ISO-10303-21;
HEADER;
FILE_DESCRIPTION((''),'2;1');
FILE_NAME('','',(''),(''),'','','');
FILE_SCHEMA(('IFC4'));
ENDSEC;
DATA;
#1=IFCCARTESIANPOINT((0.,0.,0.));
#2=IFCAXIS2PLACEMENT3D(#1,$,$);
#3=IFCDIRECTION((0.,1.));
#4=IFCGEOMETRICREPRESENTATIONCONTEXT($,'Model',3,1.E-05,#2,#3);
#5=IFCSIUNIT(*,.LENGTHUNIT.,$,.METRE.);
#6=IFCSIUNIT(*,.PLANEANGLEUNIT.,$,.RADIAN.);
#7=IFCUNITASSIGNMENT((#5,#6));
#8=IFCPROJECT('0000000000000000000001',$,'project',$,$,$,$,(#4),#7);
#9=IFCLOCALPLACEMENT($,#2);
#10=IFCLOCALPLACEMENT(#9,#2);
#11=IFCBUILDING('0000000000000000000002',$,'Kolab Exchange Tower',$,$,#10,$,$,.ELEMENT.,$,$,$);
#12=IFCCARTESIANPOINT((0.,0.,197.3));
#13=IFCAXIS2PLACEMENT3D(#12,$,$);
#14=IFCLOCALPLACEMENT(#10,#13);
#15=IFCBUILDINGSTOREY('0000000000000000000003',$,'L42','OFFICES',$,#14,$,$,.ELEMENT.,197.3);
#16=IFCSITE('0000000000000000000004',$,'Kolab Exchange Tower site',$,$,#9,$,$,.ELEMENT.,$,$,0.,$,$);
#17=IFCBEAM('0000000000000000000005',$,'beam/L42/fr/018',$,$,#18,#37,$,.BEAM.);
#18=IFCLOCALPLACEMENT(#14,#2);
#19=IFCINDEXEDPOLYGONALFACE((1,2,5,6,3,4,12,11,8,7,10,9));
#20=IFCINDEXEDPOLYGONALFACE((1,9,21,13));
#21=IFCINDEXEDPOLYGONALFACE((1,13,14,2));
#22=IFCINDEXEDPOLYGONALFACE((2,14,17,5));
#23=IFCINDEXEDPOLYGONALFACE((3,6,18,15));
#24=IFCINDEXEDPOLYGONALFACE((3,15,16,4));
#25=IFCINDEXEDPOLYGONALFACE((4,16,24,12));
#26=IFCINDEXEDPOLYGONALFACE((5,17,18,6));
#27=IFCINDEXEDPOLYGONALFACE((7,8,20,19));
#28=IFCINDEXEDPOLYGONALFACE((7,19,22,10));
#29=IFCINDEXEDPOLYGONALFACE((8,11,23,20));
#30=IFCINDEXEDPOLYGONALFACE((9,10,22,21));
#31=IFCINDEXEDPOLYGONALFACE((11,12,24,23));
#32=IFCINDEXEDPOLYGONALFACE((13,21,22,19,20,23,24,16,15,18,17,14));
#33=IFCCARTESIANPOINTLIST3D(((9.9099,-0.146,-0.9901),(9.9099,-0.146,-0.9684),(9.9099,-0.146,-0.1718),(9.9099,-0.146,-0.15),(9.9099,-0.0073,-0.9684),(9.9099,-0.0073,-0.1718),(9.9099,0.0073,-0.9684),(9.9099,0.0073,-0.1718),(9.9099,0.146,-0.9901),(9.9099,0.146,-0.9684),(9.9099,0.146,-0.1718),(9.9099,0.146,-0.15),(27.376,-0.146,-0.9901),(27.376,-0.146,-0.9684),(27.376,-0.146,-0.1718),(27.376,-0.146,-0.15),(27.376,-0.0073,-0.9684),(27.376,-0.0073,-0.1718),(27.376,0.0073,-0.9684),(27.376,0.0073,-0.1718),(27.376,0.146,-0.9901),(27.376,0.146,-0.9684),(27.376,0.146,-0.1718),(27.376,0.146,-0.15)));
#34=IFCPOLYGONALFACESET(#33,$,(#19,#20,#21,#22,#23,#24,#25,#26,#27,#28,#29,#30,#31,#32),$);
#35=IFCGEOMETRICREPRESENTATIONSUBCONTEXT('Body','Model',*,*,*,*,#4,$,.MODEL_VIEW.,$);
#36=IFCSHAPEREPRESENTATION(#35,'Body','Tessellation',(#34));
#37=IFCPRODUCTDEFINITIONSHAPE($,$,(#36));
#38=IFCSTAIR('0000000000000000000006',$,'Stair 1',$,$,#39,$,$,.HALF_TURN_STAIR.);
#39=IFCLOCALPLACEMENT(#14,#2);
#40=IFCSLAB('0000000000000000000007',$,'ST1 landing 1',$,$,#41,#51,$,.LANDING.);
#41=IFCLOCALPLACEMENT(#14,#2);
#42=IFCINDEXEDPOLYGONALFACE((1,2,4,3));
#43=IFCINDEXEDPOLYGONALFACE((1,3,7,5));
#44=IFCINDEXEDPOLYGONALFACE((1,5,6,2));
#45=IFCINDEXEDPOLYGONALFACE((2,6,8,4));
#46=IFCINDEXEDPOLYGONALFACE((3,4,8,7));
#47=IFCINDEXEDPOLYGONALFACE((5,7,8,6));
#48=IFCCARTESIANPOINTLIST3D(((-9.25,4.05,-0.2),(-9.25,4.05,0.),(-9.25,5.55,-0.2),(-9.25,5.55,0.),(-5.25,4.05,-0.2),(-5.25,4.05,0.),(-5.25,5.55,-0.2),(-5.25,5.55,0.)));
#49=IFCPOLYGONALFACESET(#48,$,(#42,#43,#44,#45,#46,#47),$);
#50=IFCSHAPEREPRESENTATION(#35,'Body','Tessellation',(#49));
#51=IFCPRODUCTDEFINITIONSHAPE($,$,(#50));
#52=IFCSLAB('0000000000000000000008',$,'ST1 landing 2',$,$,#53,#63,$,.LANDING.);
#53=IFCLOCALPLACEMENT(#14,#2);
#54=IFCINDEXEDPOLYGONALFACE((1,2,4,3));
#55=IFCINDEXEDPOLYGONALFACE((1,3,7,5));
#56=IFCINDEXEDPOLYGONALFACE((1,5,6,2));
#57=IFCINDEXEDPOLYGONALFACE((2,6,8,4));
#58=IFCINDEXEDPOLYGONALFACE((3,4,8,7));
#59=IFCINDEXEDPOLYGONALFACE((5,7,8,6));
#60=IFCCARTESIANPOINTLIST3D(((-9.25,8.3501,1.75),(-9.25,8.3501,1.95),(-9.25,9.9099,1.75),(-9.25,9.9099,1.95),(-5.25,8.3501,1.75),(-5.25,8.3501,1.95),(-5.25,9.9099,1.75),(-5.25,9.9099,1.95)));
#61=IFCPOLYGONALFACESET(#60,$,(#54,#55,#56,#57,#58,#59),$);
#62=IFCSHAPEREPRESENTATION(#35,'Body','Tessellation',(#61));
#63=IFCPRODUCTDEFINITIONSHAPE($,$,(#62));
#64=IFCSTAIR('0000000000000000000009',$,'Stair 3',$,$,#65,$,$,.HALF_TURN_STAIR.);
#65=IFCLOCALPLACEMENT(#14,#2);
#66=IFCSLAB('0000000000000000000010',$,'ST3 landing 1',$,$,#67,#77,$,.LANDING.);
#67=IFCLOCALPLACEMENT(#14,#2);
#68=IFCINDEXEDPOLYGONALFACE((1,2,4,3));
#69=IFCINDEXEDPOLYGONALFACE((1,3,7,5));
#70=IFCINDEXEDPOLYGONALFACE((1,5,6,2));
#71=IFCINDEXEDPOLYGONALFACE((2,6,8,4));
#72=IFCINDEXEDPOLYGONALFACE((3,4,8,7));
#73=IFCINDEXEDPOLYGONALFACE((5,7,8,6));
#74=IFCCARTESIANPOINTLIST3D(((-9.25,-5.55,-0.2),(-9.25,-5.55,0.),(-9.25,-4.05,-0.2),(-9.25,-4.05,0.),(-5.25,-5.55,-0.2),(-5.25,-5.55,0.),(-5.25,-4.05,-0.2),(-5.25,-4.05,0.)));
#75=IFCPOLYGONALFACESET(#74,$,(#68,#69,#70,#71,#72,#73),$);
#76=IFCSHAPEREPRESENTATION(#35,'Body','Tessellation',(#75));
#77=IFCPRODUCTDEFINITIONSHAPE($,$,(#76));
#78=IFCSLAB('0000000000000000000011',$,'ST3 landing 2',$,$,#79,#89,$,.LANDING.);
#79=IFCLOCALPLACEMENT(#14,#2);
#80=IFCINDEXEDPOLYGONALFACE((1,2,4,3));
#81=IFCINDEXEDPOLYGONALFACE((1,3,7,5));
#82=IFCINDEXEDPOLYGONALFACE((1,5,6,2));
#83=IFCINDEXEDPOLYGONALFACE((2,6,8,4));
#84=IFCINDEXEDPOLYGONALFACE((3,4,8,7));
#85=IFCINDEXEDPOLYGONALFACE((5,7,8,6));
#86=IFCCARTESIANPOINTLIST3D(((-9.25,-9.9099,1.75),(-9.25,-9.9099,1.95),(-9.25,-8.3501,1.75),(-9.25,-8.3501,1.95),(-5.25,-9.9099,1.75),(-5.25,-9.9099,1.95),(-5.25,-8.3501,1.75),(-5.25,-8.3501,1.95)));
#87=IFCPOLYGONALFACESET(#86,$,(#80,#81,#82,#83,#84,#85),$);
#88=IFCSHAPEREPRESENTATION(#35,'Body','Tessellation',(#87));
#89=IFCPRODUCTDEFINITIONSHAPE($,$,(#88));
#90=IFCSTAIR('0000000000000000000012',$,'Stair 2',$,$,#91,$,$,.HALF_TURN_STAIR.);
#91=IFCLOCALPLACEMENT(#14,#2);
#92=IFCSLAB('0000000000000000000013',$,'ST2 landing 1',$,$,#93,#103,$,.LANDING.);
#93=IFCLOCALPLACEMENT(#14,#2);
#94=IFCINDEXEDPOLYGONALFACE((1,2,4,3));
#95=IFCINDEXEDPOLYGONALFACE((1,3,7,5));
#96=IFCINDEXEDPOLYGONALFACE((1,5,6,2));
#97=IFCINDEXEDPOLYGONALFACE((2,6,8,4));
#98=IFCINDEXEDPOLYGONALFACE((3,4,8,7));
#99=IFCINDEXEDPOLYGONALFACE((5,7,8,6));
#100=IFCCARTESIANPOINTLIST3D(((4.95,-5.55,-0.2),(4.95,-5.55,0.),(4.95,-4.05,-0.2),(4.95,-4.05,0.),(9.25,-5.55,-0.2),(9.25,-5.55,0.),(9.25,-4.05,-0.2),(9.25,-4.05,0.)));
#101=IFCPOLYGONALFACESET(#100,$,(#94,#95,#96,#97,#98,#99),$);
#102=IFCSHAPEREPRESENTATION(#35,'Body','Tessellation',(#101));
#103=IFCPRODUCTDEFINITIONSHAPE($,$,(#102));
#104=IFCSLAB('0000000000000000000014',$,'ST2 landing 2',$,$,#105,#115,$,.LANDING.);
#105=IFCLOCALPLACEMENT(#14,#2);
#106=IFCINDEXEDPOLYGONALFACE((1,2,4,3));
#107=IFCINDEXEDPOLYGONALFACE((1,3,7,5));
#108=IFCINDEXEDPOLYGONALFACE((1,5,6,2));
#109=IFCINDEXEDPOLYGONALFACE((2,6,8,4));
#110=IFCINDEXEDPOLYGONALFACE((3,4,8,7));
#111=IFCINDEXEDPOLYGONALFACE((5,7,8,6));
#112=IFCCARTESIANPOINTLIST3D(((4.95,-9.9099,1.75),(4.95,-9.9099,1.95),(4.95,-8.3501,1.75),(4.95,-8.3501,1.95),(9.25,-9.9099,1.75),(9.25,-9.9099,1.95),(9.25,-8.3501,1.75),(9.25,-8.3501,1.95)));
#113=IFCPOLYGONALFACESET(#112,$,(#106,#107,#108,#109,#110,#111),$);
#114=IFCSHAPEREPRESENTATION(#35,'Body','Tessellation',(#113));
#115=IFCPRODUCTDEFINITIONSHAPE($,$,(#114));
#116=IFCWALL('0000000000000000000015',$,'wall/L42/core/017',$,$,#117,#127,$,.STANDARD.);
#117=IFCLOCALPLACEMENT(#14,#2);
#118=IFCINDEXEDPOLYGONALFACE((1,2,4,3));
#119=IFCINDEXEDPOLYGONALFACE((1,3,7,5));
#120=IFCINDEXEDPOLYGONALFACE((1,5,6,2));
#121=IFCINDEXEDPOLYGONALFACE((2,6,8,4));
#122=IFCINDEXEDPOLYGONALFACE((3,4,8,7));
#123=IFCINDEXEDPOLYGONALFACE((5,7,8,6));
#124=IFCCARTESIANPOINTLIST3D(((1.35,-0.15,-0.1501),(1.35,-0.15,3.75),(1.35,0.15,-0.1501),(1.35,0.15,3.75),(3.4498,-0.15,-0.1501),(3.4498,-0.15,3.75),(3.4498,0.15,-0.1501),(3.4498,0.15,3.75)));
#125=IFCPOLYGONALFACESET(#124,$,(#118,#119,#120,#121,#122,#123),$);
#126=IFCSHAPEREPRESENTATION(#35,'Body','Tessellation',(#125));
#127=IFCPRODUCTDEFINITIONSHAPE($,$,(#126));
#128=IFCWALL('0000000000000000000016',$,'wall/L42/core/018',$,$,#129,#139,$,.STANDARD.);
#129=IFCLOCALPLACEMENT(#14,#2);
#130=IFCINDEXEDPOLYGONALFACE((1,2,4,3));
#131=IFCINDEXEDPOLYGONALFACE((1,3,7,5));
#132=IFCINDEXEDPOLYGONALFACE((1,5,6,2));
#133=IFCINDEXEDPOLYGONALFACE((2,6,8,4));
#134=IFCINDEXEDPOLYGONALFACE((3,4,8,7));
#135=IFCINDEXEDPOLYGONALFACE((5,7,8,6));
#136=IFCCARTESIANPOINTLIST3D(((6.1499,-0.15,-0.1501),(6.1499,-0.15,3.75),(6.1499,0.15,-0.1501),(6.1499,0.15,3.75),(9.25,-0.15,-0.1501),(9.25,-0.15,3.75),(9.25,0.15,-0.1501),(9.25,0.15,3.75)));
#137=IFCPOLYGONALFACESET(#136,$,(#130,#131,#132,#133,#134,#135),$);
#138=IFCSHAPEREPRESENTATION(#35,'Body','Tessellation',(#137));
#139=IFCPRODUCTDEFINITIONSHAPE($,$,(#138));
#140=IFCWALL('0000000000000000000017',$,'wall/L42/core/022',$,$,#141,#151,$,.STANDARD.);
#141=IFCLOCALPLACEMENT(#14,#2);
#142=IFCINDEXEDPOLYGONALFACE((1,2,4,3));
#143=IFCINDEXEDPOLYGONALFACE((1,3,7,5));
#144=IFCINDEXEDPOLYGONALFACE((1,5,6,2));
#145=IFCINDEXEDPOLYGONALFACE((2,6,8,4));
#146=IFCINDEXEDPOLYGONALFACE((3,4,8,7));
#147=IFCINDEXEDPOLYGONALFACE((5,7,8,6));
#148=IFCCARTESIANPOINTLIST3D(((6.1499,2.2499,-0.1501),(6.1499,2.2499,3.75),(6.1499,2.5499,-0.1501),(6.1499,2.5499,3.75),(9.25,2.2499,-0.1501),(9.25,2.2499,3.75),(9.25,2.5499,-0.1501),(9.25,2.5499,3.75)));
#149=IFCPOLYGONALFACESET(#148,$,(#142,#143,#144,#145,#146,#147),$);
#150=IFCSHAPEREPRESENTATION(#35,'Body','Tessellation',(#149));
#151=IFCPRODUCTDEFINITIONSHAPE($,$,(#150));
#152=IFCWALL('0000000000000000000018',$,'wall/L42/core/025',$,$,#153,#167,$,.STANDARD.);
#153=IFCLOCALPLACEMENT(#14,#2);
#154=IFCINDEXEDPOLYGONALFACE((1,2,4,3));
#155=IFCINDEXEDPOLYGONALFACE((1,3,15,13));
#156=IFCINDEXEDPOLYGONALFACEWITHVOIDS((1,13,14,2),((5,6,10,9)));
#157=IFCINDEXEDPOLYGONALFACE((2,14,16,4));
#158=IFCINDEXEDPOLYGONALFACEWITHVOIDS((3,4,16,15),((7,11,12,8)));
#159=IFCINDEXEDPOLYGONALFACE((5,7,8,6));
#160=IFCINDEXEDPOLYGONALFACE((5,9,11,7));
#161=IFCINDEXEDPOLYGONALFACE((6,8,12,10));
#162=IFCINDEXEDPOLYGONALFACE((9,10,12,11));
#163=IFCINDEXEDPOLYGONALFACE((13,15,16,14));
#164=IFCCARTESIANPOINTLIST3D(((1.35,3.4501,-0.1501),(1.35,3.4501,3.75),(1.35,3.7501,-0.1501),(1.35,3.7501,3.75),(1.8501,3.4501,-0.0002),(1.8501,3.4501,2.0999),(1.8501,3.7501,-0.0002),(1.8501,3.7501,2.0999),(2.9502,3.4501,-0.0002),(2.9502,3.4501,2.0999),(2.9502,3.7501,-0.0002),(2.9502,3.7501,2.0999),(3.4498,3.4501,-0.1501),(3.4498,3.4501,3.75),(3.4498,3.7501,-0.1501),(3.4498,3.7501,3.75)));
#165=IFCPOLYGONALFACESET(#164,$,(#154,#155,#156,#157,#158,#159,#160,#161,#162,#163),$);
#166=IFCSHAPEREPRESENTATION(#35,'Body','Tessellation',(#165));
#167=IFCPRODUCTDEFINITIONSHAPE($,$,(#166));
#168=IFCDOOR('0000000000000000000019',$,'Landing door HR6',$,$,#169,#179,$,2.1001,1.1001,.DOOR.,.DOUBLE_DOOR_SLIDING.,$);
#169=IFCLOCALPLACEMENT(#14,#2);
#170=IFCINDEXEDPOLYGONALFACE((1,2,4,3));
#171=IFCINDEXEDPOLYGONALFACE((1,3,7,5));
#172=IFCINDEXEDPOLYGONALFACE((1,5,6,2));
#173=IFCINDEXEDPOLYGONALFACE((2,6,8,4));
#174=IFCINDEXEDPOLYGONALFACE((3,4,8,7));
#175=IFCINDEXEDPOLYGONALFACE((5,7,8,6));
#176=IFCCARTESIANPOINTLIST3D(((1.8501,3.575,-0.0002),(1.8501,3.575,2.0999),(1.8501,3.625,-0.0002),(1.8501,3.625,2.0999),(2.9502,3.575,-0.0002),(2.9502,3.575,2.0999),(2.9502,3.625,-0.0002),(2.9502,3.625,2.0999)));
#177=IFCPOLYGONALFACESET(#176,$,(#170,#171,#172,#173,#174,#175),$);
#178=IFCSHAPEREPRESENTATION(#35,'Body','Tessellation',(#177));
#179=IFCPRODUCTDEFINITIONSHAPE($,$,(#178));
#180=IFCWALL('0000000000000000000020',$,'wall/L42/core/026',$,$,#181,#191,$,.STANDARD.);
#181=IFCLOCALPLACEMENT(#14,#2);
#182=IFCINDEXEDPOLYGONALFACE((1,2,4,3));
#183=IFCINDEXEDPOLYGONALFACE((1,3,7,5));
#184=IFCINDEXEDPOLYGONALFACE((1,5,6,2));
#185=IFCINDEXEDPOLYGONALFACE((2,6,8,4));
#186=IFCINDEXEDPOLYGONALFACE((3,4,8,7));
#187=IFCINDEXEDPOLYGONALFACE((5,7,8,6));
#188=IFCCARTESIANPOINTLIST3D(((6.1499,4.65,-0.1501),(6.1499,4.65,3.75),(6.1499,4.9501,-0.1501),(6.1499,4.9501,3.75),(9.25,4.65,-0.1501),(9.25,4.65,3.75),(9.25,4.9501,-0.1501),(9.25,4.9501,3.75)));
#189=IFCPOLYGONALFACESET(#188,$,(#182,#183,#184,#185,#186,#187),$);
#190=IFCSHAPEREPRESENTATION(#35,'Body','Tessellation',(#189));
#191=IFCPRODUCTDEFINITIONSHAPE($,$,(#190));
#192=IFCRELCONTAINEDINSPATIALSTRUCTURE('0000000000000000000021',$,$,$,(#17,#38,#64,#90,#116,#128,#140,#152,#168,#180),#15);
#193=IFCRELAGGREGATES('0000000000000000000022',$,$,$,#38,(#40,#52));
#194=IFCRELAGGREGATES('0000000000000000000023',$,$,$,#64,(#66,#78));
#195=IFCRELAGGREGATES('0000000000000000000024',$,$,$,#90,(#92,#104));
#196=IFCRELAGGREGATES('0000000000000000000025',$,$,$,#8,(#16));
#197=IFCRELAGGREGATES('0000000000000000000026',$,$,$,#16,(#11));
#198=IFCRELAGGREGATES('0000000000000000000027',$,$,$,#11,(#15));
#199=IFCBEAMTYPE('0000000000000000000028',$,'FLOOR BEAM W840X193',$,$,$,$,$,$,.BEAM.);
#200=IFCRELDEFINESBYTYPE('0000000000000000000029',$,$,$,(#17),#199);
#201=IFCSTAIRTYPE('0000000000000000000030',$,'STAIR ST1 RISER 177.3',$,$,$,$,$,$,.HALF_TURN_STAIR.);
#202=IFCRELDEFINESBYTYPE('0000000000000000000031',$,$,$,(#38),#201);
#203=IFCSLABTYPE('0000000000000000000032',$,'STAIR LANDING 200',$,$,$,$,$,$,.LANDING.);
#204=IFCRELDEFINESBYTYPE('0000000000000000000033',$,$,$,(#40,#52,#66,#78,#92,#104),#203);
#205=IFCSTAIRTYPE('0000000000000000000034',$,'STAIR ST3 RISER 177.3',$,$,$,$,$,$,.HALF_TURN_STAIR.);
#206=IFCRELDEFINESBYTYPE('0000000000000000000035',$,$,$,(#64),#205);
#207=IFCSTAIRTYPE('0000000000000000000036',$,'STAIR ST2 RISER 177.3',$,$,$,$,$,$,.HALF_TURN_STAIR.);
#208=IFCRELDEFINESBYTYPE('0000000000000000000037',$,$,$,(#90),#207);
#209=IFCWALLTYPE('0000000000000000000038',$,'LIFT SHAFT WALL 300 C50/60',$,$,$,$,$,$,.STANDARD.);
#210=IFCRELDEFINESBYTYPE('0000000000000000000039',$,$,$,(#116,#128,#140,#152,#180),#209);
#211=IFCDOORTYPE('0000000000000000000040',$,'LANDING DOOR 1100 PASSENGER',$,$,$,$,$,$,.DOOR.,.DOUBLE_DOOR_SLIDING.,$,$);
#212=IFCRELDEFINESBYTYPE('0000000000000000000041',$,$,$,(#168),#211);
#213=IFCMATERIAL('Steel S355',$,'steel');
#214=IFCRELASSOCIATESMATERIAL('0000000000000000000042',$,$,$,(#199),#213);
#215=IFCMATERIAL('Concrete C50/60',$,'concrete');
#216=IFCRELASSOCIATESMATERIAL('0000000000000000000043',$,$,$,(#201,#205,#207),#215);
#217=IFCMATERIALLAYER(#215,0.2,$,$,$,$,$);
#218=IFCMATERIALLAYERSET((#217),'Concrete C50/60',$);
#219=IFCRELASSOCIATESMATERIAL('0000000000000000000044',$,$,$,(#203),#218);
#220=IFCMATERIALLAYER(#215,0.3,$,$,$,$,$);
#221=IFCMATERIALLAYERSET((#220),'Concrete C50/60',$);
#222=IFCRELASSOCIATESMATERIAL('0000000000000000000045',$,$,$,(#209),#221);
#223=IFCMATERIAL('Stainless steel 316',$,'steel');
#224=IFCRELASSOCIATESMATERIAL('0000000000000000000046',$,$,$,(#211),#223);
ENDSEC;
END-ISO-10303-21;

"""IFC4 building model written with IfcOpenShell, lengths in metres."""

from ifc_helpers import new_model, si_unit, direction, frame, frame_2d, origin, origin_2d, place, context, subcontext, project, spatial, polyline, rectangle, i_section, outline, extrude, material, layer, layer_set, material_profile, profile_set, type_object, element, fill, aggregate, save


model = new_model("IFC4")

# Units and contexts
model_context = context("Model", 3, precision=1e-05, world=origin(), true_north=direction((0.0, 1.0)))
body_context = subcontext(model_context, "Body", "Model", "MODEL_VIEW")
ifc_project = project(units=[si_unit("LENGTHUNIT", "METRE"), si_unit("PLANEANGLEUNIT", "RADIAN")], contexts=[model_context])

# Site, building, storey
site_placement = place(None, origin())
site = spatial("IfcSite", under=ifc_project, at=site_placement, Name="Kolab Exchange Tower site", CompositionType="ELEMENT", RefElevation=0.0)
building_placement = place(site_placement, origin())
building = spatial("IfcBuilding", under=site, at=building_placement, Name="Kolab Exchange Tower", CompositionType="ELEMENT")
storey_placement = place(building_placement, frame((0.0, 0.0, 197.3)))
storey = spatial("IfcBuildingStorey", under=building, at=storey_placement, Name="L42", Description="OFFICES", CompositionType="ELEMENT", Elevation=197.3)

# Beam
ifc_material_1 = material(Name="Steel S355", Category="steel")
ifc_material_profile = material_profile(ifc_material_1, i_section(OverallWidth=0.292, OverallDepth=0.8401, WebThickness=0.0146, FlangeThickness=0.0217, at=origin_2d()), Name="W840X193")
ifc_profile_set = profile_set([ifc_material_profile], Name="Steel S355")
beam_type = type_object("IfcBeamType", Name="FLOOR BEAM W840X193", PredefinedType="BEAM", material=ifc_profile_set)
beam_placement = place(storey_placement, frame((9.9099, 0.0, -0.5701), z_axis=(1.0, 0.0, 0.0), x_axis=(0.0, 1.0, 0.0)))
element("IfcBeam", 1, at=beam_placement, inside=storey, type_object=beam_type, Name="beam/L42/fr/018", PredefinedType="BEAM", context=body_context, shape_type="SweptSolid", body=[
    extrude(i_section(OverallWidth=0.292, OverallDepth=0.8401, WebThickness=0.0146, FlangeThickness=0.0217, at=origin_2d()), origin(), (0.0, 0.0, 1.0), 17.4661),
])

# Stairs, slabs
ifc_material_2 = material(Name="Concrete C50/60", Category="concrete")
stair_type_1 = type_object("IfcStairType", Name="STAIR ST1 RISER 177.3", PredefinedType="HALF_TURN_STAIR", material=ifc_material_2)
stair_1_placement = place(storey_placement, origin())
stair_1 = element("IfcStair", 2, at=stair_1_placement, inside=storey, type_object=stair_type_1, Name="Stair 1", PredefinedType="HALF_TURN_STAIR")
ifc_layer_1 = layer(ifc_material_2, 0.2)
ifc_layer_set_1 = layer_set([ifc_layer_1], Name="Concrete C50/60")
slab_type = type_object("IfcSlabType", Name="STAIR LANDING 200", PredefinedType="LANDING", material=ifc_layer_set_1)
slab_1_placement = place(storey_placement, frame((0.0, 0.0, -0.2)))
slab_1 = element("IfcSlab", 3, at=slab_1_placement, type_object=slab_type, Name="ST1 landing 1", PredefinedType="LANDING", context=body_context, shape_type="SweptSolid", body=[
    extrude(outline(polyline([(-9.25, 4.05), (-5.25, 4.05), (-5.25, 5.55), (-9.25, 5.55), (-9.25, 4.05)])), origin(), (0.0, 0.0, 1.0), 0.2),
])
slab_2_placement = place(storey_placement, frame((0.0, 0.0, 1.75)))
slab_2 = element("IfcSlab", 4, at=slab_2_placement, type_object=slab_type, Name="ST1 landing 2", PredefinedType="LANDING", context=body_context, shape_type="SweptSolid", body=[
    extrude(outline(polyline([(-9.25, 8.3501), (-5.25, 8.3501), (-5.25, 9.9099), (-9.25, 9.9099), (-9.25, 8.3501)])), origin(), (0.0, 0.0, 1.0), 0.2),
])
aggregate(stair_1, [slab_1, slab_2])
stair_type_2 = type_object("IfcStairType", Name="STAIR ST3 RISER 177.3", PredefinedType="HALF_TURN_STAIR", material=ifc_material_2)
stair_2_placement = place(storey_placement, origin())
stair_2 = element("IfcStair", 5, at=stair_2_placement, inside=storey, type_object=stair_type_2, Name="Stair 3", PredefinedType="HALF_TURN_STAIR")
slab_3_placement = place(storey_placement, frame((0.0, 0.0, -0.2)))
slab_3 = element("IfcSlab", 6, at=slab_3_placement, type_object=slab_type, Name="ST3 landing 1", PredefinedType="LANDING", context=body_context, shape_type="SweptSolid", body=[
    extrude(outline(polyline([(-9.25, -5.55), (-5.25, -5.55), (-5.25, -4.05), (-9.25, -4.05), (-9.25, -5.55)])), origin(), (0.0, 0.0, 1.0), 0.2),
])
slab_4_placement = place(storey_placement, frame((0.0, 0.0, 1.75)))
slab_4 = element("IfcSlab", 7, at=slab_4_placement, type_object=slab_type, Name="ST3 landing 2", PredefinedType="LANDING", context=body_context, shape_type="SweptSolid", body=[
    extrude(outline(polyline([(-9.25, -9.9099), (-5.25, -9.9099), (-5.25, -8.3501), (-9.25, -8.3501), (-9.25, -9.9099)])), origin(), (0.0, 0.0, 1.0), 0.2),
])
aggregate(stair_2, [slab_3, slab_4])
stair_type_3 = type_object("IfcStairType", Name="STAIR ST2 RISER 177.3", PredefinedType="HALF_TURN_STAIR", material=ifc_material_2)
stair_3_placement = place(storey_placement, origin())
stair_3 = element("IfcStair", 8, at=stair_3_placement, inside=storey, type_object=stair_type_3, Name="Stair 2", PredefinedType="HALF_TURN_STAIR")
slab_5_placement = place(storey_placement, frame((0.0, 0.0, -0.2)))
slab_5 = element("IfcSlab", 9, at=slab_5_placement, type_object=slab_type, Name="ST2 landing 1", PredefinedType="LANDING", context=body_context, shape_type="SweptSolid", body=[
    extrude(outline(polyline([(4.95, -5.55), (9.25, -5.55), (9.25, -4.05), (4.95, -4.05), (4.95, -5.55)])), origin(), (0.0, 0.0, 1.0), 0.2),
])
slab_6_placement = place(storey_placement, frame((0.0, 0.0, 1.75)))
slab_6 = element("IfcSlab", 10, at=slab_6_placement, type_object=slab_type, Name="ST2 landing 2", PredefinedType="LANDING", context=body_context, shape_type="SweptSolid", body=[
    extrude(outline(polyline([(4.95, -9.9099), (9.25, -9.9099), (9.25, -8.3501), (4.95, -8.3501), (4.95, -9.9099)])), origin(), (0.0, 0.0, 1.0), 0.2),
])
aggregate(stair_3, [slab_5, slab_6])

# Walls
ifc_layer_2 = layer(ifc_material_2, 0.3)
ifc_layer_set_2 = layer_set([ifc_layer_2], Name="Concrete C50/60")
wall_type_1 = type_object("IfcWallType", Name="LIFT SHAFT WALL 300 C50/60", PredefinedType="STANDARD", material=ifc_layer_set_2)
wall_1_placement = place(storey_placement, frame((1.3501, 0.0, -0.1501), z_axis=(0.0, 0.0, 1.0), x_axis=(1.0, 0.0, 0.0)))
element("IfcWall", 11, at=wall_1_placement, inside=storey, type_object=wall_type_1, Name="wall/L42/core/017", PredefinedType="STANDARD", context=body_context, shape_type="SweptSolid", body=[
    extrude(rectangle(XDim=2.0999, YDim=0.3, at=frame_2d((1.0498, 0.0))), origin(), (0.0, 0.0, 1.0), 3.9001),
])
for number, where, z_axis, x_axis, name in (
    (12, (6.1499, 0.0, -0.1501), (0.0, 0.0, 1.0), (1.0, 0.0, 0.0), "wall/L42/core/018"),
    (13, (6.1499, 2.3999, -0.1501), (0.0, 0.0, 1.0), (1.0, 0.0, 0.0), "wall/L42/core/022"),
):
    element("IfcWall", number, at=place(storey_placement, frame(where, z_axis=z_axis, x_axis=x_axis)), inside=storey, type_object=wall_type_1, Name=name, PredefinedType="STANDARD", context=body_context, shape_type="SweptSolid", body=[
        extrude(rectangle(XDim=3.1001, YDim=0.3, at=frame_2d((1.55, 0.0))), origin(), (0.0, 0.0, 1.0), 3.9001),
    ])

# Wall, opening, door
wall_2_placement = place(storey_placement, frame((1.3501, 3.6001, -0.1501), z_axis=(0.0, 0.0, 1.0), x_axis=(1.0, 0.0, 0.0)))
wall_2 = element("IfcWall", 14, at=wall_2_placement, inside=storey, type_object=wall_type_1, Name="wall/L42/core/025", PredefinedType="STANDARD", context=body_context, shape_type="SweptSolid", body=[
    extrude(rectangle(XDim=2.0999, YDim=0.3, at=frame_2d((1.0498, 0.0))), origin(), (0.0, 0.0, 1.0), 3.9001),
])
opening_1_placement = place(wall_2_placement, frame((0.5, 0.0, 0.1499)))
opening_1 = element("IfcOpeningElement", 15, at=opening_1_placement, cuts=wall_2, PredefinedType="OPENING", context=body_context, shape_type="SweptSolid", body=[
    extrude(rectangle(XDim=1.1001, YDim=2.1001, at=frame_2d((0.55, 1.05))), frame((0.0, 0.1602, 0.0), z_axis=(0.0, -1.0, 0.0), x_axis=(1.0, 0.0, 0.0)), (0.0, 0.0, 1.0), 0.3201),
])
ifc_material_3 = material(Name="Stainless steel 316", Category="steel")
door_type_1 = type_object("IfcDoorType", Name="LANDING DOOR 1100 PASSENGER", OperationType="DOUBLE_DOOR_SLIDING", PredefinedType="DOOR", material=ifc_material_3)
door_1_placement = place(opening_1_placement, origin())
door_1 = element("IfcDoor", 16, at=door_1_placement, inside=storey, type_object=door_type_1, Name="Landing door HR6", OperationType="DOUBLE_DOOR_SLIDING", OverallHeight=2.1001, OverallWidth=1.1001, PredefinedType="DOOR", context=body_context, shape_type="SweptSolid", body=[
    extrude(rectangle(XDim=1.1001, YDim=2.1001, at=frame_2d((0.55, 1.05))), frame((0.0, 0.0249, 0.0), z_axis=(0.0, -1.0, 0.0), x_axis=(1.0, 0.0, 0.0)), (0.0, 0.0, 1.0), 0.05),
])
fill(opening_1, door_1)

# Wall
wall_3_placement = place(storey_placement, frame((6.1499, 4.8, -0.1501), z_axis=(0.0, 0.0, 1.0), x_axis=(1.0, 0.0, 0.0)))
element("IfcWall", 17, at=wall_3_placement, inside=storey, type_object=wall_type_1, Name="wall/L42/core/026", PredefinedType="STANDARD", context=body_context, shape_type="SweptSolid", body=[
    extrude(rectangle(XDim=3.1001, YDim=0.3, at=frame_2d((1.55, 0.0))), origin(), (0.0, 0.0, 1.0), 3.9001),
])

save(model, "model.ifc")
